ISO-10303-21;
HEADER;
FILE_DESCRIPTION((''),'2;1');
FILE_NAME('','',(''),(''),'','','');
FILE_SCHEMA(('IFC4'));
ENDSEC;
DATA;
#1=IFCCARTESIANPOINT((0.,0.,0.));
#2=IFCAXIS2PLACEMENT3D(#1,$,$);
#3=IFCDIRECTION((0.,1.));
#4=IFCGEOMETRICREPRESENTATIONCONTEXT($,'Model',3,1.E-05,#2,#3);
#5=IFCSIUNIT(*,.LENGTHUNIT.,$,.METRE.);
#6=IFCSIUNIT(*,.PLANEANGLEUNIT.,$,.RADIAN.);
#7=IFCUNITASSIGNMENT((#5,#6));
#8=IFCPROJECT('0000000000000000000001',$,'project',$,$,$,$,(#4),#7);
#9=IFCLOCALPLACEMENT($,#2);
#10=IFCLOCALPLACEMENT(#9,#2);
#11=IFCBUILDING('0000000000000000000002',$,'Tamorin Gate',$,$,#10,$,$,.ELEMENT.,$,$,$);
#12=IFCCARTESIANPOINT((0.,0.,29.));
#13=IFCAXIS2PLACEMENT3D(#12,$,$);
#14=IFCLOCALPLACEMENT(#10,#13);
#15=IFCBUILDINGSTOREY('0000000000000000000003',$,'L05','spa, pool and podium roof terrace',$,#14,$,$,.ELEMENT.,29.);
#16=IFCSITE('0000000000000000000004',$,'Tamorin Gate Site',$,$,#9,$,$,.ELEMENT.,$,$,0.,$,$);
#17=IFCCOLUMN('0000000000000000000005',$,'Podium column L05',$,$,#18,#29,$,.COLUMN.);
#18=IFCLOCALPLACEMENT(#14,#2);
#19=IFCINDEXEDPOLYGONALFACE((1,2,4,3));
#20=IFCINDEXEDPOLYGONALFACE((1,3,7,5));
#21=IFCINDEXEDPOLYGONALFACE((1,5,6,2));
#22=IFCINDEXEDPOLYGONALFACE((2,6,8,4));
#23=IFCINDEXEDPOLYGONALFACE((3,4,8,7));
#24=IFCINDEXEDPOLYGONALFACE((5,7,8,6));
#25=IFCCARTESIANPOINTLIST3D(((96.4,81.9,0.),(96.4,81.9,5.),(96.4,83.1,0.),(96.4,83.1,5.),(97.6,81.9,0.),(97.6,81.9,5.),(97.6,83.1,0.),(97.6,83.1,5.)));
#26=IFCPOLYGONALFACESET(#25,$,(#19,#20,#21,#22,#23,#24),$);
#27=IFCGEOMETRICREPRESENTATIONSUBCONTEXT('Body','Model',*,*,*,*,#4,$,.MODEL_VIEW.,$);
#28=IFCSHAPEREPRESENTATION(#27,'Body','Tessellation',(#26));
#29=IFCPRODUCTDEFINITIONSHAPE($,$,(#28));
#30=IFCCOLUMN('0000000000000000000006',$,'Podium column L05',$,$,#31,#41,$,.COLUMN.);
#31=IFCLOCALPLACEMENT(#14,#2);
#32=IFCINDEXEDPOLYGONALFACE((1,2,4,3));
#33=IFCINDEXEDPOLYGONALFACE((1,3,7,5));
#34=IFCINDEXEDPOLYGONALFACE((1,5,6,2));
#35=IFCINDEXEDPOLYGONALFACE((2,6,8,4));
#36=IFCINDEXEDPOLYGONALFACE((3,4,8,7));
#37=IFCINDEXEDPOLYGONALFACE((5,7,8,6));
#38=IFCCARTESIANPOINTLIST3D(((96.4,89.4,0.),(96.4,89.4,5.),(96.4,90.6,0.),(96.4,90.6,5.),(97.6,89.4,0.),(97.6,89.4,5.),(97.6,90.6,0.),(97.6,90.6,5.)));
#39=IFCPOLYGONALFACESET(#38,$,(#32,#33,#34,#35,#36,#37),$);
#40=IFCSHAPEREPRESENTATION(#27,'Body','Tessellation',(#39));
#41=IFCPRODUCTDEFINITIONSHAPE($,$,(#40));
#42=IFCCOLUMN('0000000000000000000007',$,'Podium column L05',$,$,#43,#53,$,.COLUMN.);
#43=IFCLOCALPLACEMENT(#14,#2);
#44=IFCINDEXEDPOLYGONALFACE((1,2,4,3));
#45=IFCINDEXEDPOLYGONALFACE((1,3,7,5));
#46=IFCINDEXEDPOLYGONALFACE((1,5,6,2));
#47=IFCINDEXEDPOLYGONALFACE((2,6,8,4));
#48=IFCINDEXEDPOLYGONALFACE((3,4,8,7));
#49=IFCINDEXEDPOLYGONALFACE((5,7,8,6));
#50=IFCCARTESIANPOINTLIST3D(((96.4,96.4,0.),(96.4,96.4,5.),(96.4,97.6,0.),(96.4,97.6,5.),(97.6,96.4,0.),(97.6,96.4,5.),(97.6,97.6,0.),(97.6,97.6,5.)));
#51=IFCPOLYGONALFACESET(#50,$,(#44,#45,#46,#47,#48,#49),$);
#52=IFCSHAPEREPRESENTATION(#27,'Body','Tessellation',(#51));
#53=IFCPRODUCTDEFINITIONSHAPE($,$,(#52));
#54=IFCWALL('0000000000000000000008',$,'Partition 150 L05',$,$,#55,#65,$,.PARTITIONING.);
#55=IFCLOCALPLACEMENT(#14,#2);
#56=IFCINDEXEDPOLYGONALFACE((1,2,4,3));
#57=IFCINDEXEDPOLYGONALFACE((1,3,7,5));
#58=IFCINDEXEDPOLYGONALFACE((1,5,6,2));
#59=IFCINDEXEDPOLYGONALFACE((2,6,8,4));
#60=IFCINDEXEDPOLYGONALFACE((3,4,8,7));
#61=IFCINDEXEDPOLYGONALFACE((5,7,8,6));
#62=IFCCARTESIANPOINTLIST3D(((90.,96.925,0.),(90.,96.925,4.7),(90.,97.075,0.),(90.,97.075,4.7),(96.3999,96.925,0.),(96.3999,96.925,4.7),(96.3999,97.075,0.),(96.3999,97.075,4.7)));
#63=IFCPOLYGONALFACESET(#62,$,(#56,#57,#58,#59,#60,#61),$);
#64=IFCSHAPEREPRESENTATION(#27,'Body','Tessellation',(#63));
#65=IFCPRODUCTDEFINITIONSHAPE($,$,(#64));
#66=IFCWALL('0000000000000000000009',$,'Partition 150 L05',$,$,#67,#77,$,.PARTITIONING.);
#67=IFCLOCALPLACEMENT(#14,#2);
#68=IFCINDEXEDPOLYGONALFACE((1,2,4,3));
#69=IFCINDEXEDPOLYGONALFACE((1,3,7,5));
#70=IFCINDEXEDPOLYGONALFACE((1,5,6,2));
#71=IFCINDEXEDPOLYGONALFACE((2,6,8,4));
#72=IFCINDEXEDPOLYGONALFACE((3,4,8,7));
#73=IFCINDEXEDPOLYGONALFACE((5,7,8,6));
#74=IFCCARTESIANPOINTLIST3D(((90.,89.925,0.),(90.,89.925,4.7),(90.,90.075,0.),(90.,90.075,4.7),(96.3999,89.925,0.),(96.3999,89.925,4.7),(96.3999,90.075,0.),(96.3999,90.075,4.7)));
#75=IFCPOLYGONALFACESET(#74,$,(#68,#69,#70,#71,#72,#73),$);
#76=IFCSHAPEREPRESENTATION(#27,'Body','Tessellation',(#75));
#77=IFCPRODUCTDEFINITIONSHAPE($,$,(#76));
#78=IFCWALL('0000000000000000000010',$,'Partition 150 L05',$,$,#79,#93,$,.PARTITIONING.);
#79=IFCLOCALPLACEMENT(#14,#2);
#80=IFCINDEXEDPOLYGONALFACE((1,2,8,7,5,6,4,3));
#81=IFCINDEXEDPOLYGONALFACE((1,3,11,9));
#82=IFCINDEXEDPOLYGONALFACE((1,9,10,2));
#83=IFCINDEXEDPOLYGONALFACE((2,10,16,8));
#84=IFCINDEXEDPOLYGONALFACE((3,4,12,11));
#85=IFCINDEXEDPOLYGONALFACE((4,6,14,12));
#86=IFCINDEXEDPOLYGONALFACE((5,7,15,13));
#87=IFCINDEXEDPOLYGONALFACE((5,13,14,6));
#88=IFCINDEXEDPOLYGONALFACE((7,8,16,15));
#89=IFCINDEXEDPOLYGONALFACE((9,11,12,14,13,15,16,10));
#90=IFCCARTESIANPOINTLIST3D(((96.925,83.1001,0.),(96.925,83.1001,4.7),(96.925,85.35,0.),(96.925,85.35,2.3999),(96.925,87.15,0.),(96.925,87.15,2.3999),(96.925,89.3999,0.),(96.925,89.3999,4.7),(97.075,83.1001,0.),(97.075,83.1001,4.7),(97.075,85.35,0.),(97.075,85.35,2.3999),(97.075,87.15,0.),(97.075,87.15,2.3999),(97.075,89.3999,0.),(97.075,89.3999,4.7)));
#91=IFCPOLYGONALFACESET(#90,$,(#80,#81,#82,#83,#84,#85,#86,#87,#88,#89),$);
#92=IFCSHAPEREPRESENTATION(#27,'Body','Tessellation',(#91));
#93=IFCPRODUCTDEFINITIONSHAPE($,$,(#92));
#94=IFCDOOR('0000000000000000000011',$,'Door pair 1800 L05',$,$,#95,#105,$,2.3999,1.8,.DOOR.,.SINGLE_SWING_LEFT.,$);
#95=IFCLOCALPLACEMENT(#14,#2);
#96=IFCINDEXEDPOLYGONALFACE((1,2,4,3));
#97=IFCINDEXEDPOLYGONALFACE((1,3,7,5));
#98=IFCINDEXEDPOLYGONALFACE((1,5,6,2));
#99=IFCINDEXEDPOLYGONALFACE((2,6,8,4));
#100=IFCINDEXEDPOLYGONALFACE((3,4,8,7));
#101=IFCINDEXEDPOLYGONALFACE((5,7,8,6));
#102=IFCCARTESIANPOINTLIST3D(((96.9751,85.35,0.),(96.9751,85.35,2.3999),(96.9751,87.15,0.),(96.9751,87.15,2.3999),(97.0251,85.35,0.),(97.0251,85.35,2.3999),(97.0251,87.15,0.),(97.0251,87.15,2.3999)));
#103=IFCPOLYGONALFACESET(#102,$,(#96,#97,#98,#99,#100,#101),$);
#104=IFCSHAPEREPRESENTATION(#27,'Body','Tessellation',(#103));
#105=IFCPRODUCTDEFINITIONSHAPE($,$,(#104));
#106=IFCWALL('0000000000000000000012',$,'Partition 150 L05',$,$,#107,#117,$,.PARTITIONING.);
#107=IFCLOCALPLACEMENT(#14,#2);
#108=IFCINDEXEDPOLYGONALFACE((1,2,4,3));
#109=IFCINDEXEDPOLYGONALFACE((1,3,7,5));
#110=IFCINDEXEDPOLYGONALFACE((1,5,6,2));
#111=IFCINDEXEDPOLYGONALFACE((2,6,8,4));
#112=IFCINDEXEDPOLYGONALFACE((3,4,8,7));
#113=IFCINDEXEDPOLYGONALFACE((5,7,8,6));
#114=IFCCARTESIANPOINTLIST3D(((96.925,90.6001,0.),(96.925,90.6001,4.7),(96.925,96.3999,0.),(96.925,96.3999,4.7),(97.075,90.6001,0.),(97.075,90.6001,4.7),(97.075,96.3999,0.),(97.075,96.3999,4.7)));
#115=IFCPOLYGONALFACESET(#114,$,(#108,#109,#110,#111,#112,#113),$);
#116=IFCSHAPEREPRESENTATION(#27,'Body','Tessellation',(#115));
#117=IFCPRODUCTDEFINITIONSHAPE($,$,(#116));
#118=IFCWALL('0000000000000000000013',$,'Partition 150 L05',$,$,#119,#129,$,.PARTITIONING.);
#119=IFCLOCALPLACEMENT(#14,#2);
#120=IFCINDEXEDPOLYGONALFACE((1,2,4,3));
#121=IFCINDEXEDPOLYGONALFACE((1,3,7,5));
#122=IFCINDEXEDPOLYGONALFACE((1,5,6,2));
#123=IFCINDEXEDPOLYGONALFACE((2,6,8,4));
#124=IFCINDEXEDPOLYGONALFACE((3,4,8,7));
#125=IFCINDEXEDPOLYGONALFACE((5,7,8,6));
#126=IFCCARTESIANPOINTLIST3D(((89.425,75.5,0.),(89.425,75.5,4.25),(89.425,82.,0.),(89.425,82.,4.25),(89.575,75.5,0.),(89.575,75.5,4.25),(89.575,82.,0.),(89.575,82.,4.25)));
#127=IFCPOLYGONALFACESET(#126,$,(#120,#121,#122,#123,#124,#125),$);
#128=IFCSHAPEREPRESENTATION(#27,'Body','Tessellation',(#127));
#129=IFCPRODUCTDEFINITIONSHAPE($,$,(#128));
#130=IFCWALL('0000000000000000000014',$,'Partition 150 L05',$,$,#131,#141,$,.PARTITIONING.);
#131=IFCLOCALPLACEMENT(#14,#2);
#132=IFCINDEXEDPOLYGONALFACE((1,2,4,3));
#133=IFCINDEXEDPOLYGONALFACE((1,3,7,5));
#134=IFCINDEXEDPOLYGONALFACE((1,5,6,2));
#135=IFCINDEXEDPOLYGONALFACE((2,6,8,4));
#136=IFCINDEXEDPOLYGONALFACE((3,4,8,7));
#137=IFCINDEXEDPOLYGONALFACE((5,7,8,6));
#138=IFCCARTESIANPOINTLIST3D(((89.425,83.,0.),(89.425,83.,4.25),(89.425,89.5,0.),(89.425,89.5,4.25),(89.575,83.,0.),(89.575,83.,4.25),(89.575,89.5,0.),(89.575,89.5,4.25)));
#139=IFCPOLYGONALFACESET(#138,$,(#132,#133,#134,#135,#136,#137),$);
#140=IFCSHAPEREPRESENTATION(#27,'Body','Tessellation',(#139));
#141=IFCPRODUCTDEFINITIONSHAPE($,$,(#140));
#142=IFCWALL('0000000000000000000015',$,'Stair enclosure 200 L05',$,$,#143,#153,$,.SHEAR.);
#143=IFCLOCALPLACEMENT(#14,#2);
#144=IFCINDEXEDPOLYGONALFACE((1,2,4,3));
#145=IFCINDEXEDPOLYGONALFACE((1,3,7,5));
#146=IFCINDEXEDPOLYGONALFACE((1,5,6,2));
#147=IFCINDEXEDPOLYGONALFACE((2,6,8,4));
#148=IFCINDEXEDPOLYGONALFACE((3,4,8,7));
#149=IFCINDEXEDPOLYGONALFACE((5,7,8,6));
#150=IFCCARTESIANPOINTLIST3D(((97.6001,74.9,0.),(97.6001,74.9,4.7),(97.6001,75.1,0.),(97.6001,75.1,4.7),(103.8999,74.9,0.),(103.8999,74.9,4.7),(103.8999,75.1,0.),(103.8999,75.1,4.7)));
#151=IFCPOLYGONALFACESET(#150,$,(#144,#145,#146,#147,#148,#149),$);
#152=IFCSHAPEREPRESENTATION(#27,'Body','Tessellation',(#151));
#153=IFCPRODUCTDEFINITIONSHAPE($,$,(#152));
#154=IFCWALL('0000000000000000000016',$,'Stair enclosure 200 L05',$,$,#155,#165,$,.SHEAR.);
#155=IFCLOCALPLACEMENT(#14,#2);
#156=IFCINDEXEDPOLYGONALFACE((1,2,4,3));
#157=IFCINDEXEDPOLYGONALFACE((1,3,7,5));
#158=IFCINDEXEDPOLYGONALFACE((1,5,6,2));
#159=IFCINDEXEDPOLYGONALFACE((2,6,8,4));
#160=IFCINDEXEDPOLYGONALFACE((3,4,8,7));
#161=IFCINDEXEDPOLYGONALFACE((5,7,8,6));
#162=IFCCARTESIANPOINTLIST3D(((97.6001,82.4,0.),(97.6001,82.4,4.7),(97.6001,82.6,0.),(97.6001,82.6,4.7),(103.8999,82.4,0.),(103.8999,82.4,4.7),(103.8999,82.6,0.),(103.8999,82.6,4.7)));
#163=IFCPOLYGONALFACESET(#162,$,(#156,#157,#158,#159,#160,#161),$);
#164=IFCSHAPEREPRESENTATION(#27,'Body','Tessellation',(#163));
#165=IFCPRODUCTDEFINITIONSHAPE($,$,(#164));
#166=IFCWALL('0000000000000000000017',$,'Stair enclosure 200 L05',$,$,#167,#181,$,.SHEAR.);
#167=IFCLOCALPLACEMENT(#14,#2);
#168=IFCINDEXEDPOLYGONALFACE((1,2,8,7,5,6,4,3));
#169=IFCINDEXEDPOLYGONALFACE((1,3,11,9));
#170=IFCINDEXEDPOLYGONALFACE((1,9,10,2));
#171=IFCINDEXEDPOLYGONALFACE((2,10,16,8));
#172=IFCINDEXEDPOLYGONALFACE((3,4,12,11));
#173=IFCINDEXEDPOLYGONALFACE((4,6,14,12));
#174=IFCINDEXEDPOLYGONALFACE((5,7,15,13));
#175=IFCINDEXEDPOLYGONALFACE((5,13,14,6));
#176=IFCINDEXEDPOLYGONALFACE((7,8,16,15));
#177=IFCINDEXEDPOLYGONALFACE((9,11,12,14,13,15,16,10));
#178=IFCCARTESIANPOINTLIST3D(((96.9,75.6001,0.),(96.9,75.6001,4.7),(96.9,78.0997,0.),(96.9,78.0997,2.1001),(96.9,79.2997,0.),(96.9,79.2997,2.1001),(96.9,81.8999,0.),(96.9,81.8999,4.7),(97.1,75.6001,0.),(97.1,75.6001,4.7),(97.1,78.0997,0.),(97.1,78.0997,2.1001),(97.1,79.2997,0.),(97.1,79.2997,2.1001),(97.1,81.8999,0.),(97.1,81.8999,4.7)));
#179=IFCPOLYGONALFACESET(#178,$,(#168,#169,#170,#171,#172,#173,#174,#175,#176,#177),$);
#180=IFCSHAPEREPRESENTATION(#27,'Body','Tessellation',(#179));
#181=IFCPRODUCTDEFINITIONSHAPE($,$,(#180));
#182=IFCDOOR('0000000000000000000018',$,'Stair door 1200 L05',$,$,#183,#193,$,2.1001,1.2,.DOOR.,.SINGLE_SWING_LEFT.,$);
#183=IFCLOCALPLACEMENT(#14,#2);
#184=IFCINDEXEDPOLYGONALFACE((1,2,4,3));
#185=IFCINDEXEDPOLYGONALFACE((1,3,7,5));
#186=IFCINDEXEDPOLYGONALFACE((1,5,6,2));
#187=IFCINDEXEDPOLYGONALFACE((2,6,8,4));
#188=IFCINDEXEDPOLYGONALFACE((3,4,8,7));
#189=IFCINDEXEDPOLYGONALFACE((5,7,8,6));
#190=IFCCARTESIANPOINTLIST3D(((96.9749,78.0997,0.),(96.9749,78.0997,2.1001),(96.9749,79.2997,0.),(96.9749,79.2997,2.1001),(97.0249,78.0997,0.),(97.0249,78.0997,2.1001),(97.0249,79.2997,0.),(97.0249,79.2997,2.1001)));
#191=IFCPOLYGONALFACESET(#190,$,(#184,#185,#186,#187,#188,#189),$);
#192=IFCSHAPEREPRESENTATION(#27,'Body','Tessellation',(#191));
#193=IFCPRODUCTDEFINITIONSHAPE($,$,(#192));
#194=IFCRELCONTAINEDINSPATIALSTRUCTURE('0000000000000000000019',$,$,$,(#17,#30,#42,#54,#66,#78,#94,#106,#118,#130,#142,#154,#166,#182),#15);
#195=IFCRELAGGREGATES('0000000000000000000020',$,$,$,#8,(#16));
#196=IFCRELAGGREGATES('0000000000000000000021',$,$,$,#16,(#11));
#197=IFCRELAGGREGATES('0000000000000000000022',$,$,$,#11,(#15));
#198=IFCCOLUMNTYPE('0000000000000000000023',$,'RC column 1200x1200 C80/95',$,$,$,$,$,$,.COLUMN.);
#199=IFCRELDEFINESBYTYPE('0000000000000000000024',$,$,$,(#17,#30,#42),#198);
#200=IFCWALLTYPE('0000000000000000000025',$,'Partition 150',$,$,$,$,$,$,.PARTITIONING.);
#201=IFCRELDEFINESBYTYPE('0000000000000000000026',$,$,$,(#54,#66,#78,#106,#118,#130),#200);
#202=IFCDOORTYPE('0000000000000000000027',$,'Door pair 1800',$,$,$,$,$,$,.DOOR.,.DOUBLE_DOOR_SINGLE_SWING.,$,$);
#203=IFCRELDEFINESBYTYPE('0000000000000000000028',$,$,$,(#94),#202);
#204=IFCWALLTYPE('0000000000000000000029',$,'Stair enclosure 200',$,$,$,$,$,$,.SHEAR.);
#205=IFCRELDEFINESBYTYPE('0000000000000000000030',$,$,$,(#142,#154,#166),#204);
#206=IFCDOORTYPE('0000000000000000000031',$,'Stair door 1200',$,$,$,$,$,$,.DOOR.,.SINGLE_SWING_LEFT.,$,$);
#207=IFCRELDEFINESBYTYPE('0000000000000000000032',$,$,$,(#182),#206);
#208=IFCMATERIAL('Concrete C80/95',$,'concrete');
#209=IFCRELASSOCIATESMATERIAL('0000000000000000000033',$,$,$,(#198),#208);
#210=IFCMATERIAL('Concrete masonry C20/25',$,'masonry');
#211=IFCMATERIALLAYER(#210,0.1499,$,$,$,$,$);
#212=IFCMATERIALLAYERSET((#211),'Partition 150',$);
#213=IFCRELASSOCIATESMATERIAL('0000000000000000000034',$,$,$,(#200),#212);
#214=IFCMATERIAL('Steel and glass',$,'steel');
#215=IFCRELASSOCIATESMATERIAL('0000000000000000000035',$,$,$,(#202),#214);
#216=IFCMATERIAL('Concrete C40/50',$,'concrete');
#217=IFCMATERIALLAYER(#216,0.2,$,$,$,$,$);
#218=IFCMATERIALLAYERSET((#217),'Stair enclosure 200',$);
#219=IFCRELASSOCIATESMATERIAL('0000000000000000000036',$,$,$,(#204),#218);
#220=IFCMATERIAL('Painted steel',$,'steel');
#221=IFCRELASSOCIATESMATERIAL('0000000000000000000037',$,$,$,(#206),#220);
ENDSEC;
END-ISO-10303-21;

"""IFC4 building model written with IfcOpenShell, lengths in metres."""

from ifc_helpers import new_model, si_unit, direction, frame, frame_2d, origin, origin_2d, place, context, subcontext, project, spatial, rectangle, extrude, material, layer, layer_set, material_profile, profile_set, type_object, element, fill, save


model = new_model("IFC4")

# Units and contexts
model_context = context("Model", 3, precision=1e-05, world=origin(), true_north=direction((0.0, 1.0)))
body_context = subcontext(model_context, "Body", "Model", "MODEL_VIEW")
ifc_project = project(units=[si_unit("LENGTHUNIT", "METRE"), si_unit("PLANEANGLEUNIT", "RADIAN")], contexts=[model_context])

# Site, building, storey
site_placement = place(None, origin())
site = spatial("IfcSite", under=ifc_project, at=site_placement, Name="Tamorin Gate Site", CompositionType="ELEMENT", RefElevation=0.0)
building_placement = place(site_placement, origin())
building = spatial("IfcBuilding", under=site, at=building_placement, Name="Tamorin Gate", CompositionType="ELEMENT")
storey_placement = place(building_placement, frame((0.0, 0.0, 29.0)))
storey = spatial("IfcBuildingStorey", under=building, at=storey_placement, Name="L05", Description="spa, pool and podium roof terrace", CompositionType="ELEMENT", Elevation=29.0)

# Columns
ifc_material_1 = material(Name="Concrete C80/95", Category="concrete")
ifc_material_profile = material_profile(ifc_material_1, rectangle(XDim=1.2, YDim=1.2, at=origin_2d()), Name="RC 1200x1200")
ifc_profile_set = profile_set([ifc_material_profile], Name="Concrete C80/95")
column_type = type_object("IfcColumnType", Name="RC column 1200x1200 C80/95", PredefinedType="COLUMN", material=ifc_profile_set)
for number, where, z_axis, x_axis, name in (
    (1, (97.0, 82.5, 0.0), (0.0, 0.0, 1.0), (1.0, 0.0, 0.0), "Podium column L05"),
    (2, (97.0, 90.0, 0.0), (0.0, 0.0, 1.0), (1.0, 0.0, 0.0), "Podium column L05"),
    (3, (97.0, 97.0, 0.0), (0.0, 0.0, 1.0), (1.0, 0.0, 0.0), "Podium column L05"),
):
    element("IfcColumn", number, at=place(storey_placement, frame(where, z_axis=z_axis, x_axis=x_axis)), inside=storey, type_object=column_type, Name=name, PredefinedType="COLUMN", context=body_context, shape_type="SweptSolid", body=[
        extrude(rectangle(XDim=1.2, YDim=1.2, at=origin_2d()), origin(), (0.0, 0.0, 1.0), 5.0),
    ])

# Walls
ifc_material_2 = material(Name="Concrete masonry C20/25", Category="masonry")
ifc_layer_1 = layer(ifc_material_2, 0.1499)
ifc_layer_set_1 = layer_set([ifc_layer_1], Name="Partition 150")
wall_type_1 = type_object("IfcWallType", Name="Partition 150", PredefinedType="PARTITIONING", material=ifc_layer_set_1)
for number, where, z_axis, x_axis, name in (
    (4, (90.0, 97.0, 0.0), (0.0, 0.0, 1.0), (1.0, 0.0, 0.0), "Partition 150 L05"),
    (5, (90.0, 90.0, 0.0), (0.0, 0.0, 1.0), (1.0, 0.0, 0.0), "Partition 150 L05"),
):
    element("IfcWall", number, at=place(storey_placement, frame(where, z_axis=z_axis, x_axis=x_axis)), inside=storey, type_object=wall_type_1, Name=name, PredefinedType="PARTITIONING", context=body_context, shape_type="SweptSolid", body=[
        extrude(rectangle(XDim=6.3999, YDim=0.1499, at=frame_2d((3.2, 0.0))), origin(), (0.0, 0.0, 1.0), 4.7),
    ])

# Wall, opening, door
wall_1_placement = place(storey_placement, frame((97.0, 83.1001, 0.0), z_axis=(0.0, 0.0, 1.0), x_axis=(0.0, 1.0, 0.0)))
wall_1 = element("IfcWall", 6, at=wall_1_placement, inside=storey, type_object=wall_type_1, Name="Partition 150 L05", PredefinedType="PARTITIONING", context=body_context, shape_type="SweptSolid", body=[
    extrude(rectangle(XDim=6.2998, YDim=0.1499, at=frame_2d((3.1499, 0.0))), origin(), (0.0, 0.0, 1.0), 4.7),
])
opening_1_placement = place(wall_1_placement, frame((2.25, 0.0, 0.0)))
opening_1 = element("IfcOpeningElement", 7, at=opening_1_placement, cuts=wall_1, PredefinedType="OPENING", context=body_context, shape_type="SweptSolid", body=[
    extrude(rectangle(XDim=1.8, YDim=2.3999, at=frame_2d((0.8999, 1.2))), frame((0.0, 0.085, 0.0), z_axis=(0.0, -1.0, 0.0), x_axis=(1.0, 0.0, 0.0)), (0.0, 0.0, 1.0), 0.1699),
])
ifc_material_3 = material(Name="Steel and glass", Category="steel")
door_type_1 = type_object("IfcDoorType", Name="Door pair 1800", OperationType="DOUBLE_DOOR_SINGLE_SWING", PredefinedType="DOOR", material=ifc_material_3)
door_1_placement = place(opening_1_placement, origin())
door_1 = element("IfcDoor", 8, at=door_1_placement, inside=storey, type_object=door_type_1, Name="Door pair 1800 L05", OperationType="SINGLE_SWING_LEFT", OverallHeight=2.3999, OverallWidth=1.8, PredefinedType="DOOR", context=body_context, shape_type="SweptSolid", body=[
    extrude(rectangle(XDim=1.8, YDim=2.3999, at=frame_2d((0.8999, 1.2))), frame((0.0, 0.0249, 0.0), z_axis=(0.0, -1.0, 0.0), x_axis=(1.0, 0.0, 0.0)), (0.0, 0.0, 1.0), 0.05),
])
fill(opening_1, door_1)

# Walls
wall_2_placement = place(storey_placement, frame((97.0, 90.6001, 0.0), z_axis=(0.0, 0.0, 1.0), x_axis=(0.0, 1.0, 0.0)))
element("IfcWall", 9, at=wall_2_placement, inside=storey, type_object=wall_type_1, Name="Partition 150 L05", PredefinedType="PARTITIONING", context=body_context, shape_type="SweptSolid", body=[
    extrude(rectangle(XDim=5.7998, YDim=0.1499, at=frame_2d((2.8999, 0.0))), origin(), (0.0, 0.0, 1.0), 4.7),
])
for number, where, z_axis, x_axis, name in (
    (10, (89.5, 75.5, 0.0), (0.0, 0.0, 1.0), (0.0, 1.0, 0.0), "Partition 150 L05"),
    (11, (89.5, 83.0, 0.0), (0.0, 0.0, 1.0), (0.0, 1.0, 0.0), "Partition 150 L05"),
):
    element("IfcWall", number, at=place(storey_placement, frame(where, z_axis=z_axis, x_axis=x_axis)), inside=storey, type_object=wall_type_1, Name=name, PredefinedType="PARTITIONING", context=body_context, shape_type="SweptSolid", body=[
        extrude(rectangle(XDim=6.5, YDim=0.1499, at=frame_2d((3.25, 0.0))), origin(), (0.0, 0.0, 1.0), 4.25),
    ])
ifc_material_4 = material(Name="Concrete C40/50", Category="concrete")
ifc_layer_2 = layer(ifc_material_4, 0.2)
ifc_layer_set_2 = layer_set([ifc_layer_2], Name="Stair enclosure 200")
wall_type_2 = type_object("IfcWallType", Name="Stair enclosure 200", PredefinedType="SHEAR", material=ifc_layer_set_2)
for number, where, z_axis, x_axis, name in (
    (12, (97.6001, 75.0, 0.0), (0.0, 0.0, 1.0), (1.0, 0.0, 0.0), "Stair enclosure 200 L05"),
    (13, (97.6001, 82.5, 0.0), (0.0, 0.0, 1.0), (1.0, 0.0, 0.0), "Stair enclosure 200 L05"),
):
    element("IfcWall", number, at=place(storey_placement, frame(where, z_axis=z_axis, x_axis=x_axis)), inside=storey, type_object=wall_type_2, Name=name, PredefinedType="SHEAR", context=body_context, shape_type="SweptSolid", body=[
        extrude(rectangle(XDim=6.2998, YDim=0.2, at=frame_2d((3.1499, 0.0))), origin(), (0.0, 0.0, 1.0), 4.7),
    ])

# Wall, opening, door
wall_3_placement = place(storey_placement, frame((97.0, 81.8999, 0.0), z_axis=(0.0, 0.0, 1.0), x_axis=(0.0, -1.0, 0.0)))
wall_3 = element("IfcWall", 14, at=wall_3_placement, inside=storey, type_object=wall_type_2, Name="Stair enclosure 200 L05", PredefinedType="SHEAR", context=body_context, shape_type="SweptSolid", body=[
    extrude(rectangle(XDim=6.2998, YDim=0.2, at=frame_2d((3.1499, 0.0))), origin(), (0.0, 0.0, 1.0), 4.7),
])
opening_2_placement = place(wall_3_placement, frame((2.6001, 0.0, 0.0)))
opening_2 = element("IfcOpeningElement", 15, at=opening_2_placement, cuts=wall_3, PredefinedType="OPENING", context=body_context, shape_type="SweptSolid", body=[
    extrude(rectangle(XDim=1.2, YDim=2.1001, at=frame_2d((0.6001, 1.05))), frame((0.0, 0.1099, 0.0), z_axis=(0.0, -1.0, 0.0), x_axis=(1.0, 0.0, 0.0)), (0.0, 0.0, 1.0), 0.22),
])
ifc_material_5 = material(Name="Painted steel", Category="steel")
door_type_2 = type_object("IfcDoorType", Name="Stair door 1200", OperationType="SINGLE_SWING_LEFT", PredefinedType="DOOR", material=ifc_material_5)
door_2_placement = place(opening_2_placement, origin())
door_2 = element("IfcDoor", 16, at=door_2_placement, inside=storey, type_object=door_type_2, Name="Stair door 1200 L05", OperationType="SINGLE_SWING_LEFT", OverallHeight=2.1001, OverallWidth=1.2, PredefinedType="DOOR", context=body_context, shape_type="SweptSolid", body=[
    extrude(rectangle(XDim=1.2, YDim=2.1001, at=frame_2d((0.6001, 1.05))), frame((0.0, 0.0249, 0.0), z_axis=(0.0, -1.0, 0.0), x_axis=(1.0, 0.0, 0.0)), (0.0, 0.0, 1.0), 0.05),
])
fill(opening_2, door_2)

save(model, "model.ifc")
